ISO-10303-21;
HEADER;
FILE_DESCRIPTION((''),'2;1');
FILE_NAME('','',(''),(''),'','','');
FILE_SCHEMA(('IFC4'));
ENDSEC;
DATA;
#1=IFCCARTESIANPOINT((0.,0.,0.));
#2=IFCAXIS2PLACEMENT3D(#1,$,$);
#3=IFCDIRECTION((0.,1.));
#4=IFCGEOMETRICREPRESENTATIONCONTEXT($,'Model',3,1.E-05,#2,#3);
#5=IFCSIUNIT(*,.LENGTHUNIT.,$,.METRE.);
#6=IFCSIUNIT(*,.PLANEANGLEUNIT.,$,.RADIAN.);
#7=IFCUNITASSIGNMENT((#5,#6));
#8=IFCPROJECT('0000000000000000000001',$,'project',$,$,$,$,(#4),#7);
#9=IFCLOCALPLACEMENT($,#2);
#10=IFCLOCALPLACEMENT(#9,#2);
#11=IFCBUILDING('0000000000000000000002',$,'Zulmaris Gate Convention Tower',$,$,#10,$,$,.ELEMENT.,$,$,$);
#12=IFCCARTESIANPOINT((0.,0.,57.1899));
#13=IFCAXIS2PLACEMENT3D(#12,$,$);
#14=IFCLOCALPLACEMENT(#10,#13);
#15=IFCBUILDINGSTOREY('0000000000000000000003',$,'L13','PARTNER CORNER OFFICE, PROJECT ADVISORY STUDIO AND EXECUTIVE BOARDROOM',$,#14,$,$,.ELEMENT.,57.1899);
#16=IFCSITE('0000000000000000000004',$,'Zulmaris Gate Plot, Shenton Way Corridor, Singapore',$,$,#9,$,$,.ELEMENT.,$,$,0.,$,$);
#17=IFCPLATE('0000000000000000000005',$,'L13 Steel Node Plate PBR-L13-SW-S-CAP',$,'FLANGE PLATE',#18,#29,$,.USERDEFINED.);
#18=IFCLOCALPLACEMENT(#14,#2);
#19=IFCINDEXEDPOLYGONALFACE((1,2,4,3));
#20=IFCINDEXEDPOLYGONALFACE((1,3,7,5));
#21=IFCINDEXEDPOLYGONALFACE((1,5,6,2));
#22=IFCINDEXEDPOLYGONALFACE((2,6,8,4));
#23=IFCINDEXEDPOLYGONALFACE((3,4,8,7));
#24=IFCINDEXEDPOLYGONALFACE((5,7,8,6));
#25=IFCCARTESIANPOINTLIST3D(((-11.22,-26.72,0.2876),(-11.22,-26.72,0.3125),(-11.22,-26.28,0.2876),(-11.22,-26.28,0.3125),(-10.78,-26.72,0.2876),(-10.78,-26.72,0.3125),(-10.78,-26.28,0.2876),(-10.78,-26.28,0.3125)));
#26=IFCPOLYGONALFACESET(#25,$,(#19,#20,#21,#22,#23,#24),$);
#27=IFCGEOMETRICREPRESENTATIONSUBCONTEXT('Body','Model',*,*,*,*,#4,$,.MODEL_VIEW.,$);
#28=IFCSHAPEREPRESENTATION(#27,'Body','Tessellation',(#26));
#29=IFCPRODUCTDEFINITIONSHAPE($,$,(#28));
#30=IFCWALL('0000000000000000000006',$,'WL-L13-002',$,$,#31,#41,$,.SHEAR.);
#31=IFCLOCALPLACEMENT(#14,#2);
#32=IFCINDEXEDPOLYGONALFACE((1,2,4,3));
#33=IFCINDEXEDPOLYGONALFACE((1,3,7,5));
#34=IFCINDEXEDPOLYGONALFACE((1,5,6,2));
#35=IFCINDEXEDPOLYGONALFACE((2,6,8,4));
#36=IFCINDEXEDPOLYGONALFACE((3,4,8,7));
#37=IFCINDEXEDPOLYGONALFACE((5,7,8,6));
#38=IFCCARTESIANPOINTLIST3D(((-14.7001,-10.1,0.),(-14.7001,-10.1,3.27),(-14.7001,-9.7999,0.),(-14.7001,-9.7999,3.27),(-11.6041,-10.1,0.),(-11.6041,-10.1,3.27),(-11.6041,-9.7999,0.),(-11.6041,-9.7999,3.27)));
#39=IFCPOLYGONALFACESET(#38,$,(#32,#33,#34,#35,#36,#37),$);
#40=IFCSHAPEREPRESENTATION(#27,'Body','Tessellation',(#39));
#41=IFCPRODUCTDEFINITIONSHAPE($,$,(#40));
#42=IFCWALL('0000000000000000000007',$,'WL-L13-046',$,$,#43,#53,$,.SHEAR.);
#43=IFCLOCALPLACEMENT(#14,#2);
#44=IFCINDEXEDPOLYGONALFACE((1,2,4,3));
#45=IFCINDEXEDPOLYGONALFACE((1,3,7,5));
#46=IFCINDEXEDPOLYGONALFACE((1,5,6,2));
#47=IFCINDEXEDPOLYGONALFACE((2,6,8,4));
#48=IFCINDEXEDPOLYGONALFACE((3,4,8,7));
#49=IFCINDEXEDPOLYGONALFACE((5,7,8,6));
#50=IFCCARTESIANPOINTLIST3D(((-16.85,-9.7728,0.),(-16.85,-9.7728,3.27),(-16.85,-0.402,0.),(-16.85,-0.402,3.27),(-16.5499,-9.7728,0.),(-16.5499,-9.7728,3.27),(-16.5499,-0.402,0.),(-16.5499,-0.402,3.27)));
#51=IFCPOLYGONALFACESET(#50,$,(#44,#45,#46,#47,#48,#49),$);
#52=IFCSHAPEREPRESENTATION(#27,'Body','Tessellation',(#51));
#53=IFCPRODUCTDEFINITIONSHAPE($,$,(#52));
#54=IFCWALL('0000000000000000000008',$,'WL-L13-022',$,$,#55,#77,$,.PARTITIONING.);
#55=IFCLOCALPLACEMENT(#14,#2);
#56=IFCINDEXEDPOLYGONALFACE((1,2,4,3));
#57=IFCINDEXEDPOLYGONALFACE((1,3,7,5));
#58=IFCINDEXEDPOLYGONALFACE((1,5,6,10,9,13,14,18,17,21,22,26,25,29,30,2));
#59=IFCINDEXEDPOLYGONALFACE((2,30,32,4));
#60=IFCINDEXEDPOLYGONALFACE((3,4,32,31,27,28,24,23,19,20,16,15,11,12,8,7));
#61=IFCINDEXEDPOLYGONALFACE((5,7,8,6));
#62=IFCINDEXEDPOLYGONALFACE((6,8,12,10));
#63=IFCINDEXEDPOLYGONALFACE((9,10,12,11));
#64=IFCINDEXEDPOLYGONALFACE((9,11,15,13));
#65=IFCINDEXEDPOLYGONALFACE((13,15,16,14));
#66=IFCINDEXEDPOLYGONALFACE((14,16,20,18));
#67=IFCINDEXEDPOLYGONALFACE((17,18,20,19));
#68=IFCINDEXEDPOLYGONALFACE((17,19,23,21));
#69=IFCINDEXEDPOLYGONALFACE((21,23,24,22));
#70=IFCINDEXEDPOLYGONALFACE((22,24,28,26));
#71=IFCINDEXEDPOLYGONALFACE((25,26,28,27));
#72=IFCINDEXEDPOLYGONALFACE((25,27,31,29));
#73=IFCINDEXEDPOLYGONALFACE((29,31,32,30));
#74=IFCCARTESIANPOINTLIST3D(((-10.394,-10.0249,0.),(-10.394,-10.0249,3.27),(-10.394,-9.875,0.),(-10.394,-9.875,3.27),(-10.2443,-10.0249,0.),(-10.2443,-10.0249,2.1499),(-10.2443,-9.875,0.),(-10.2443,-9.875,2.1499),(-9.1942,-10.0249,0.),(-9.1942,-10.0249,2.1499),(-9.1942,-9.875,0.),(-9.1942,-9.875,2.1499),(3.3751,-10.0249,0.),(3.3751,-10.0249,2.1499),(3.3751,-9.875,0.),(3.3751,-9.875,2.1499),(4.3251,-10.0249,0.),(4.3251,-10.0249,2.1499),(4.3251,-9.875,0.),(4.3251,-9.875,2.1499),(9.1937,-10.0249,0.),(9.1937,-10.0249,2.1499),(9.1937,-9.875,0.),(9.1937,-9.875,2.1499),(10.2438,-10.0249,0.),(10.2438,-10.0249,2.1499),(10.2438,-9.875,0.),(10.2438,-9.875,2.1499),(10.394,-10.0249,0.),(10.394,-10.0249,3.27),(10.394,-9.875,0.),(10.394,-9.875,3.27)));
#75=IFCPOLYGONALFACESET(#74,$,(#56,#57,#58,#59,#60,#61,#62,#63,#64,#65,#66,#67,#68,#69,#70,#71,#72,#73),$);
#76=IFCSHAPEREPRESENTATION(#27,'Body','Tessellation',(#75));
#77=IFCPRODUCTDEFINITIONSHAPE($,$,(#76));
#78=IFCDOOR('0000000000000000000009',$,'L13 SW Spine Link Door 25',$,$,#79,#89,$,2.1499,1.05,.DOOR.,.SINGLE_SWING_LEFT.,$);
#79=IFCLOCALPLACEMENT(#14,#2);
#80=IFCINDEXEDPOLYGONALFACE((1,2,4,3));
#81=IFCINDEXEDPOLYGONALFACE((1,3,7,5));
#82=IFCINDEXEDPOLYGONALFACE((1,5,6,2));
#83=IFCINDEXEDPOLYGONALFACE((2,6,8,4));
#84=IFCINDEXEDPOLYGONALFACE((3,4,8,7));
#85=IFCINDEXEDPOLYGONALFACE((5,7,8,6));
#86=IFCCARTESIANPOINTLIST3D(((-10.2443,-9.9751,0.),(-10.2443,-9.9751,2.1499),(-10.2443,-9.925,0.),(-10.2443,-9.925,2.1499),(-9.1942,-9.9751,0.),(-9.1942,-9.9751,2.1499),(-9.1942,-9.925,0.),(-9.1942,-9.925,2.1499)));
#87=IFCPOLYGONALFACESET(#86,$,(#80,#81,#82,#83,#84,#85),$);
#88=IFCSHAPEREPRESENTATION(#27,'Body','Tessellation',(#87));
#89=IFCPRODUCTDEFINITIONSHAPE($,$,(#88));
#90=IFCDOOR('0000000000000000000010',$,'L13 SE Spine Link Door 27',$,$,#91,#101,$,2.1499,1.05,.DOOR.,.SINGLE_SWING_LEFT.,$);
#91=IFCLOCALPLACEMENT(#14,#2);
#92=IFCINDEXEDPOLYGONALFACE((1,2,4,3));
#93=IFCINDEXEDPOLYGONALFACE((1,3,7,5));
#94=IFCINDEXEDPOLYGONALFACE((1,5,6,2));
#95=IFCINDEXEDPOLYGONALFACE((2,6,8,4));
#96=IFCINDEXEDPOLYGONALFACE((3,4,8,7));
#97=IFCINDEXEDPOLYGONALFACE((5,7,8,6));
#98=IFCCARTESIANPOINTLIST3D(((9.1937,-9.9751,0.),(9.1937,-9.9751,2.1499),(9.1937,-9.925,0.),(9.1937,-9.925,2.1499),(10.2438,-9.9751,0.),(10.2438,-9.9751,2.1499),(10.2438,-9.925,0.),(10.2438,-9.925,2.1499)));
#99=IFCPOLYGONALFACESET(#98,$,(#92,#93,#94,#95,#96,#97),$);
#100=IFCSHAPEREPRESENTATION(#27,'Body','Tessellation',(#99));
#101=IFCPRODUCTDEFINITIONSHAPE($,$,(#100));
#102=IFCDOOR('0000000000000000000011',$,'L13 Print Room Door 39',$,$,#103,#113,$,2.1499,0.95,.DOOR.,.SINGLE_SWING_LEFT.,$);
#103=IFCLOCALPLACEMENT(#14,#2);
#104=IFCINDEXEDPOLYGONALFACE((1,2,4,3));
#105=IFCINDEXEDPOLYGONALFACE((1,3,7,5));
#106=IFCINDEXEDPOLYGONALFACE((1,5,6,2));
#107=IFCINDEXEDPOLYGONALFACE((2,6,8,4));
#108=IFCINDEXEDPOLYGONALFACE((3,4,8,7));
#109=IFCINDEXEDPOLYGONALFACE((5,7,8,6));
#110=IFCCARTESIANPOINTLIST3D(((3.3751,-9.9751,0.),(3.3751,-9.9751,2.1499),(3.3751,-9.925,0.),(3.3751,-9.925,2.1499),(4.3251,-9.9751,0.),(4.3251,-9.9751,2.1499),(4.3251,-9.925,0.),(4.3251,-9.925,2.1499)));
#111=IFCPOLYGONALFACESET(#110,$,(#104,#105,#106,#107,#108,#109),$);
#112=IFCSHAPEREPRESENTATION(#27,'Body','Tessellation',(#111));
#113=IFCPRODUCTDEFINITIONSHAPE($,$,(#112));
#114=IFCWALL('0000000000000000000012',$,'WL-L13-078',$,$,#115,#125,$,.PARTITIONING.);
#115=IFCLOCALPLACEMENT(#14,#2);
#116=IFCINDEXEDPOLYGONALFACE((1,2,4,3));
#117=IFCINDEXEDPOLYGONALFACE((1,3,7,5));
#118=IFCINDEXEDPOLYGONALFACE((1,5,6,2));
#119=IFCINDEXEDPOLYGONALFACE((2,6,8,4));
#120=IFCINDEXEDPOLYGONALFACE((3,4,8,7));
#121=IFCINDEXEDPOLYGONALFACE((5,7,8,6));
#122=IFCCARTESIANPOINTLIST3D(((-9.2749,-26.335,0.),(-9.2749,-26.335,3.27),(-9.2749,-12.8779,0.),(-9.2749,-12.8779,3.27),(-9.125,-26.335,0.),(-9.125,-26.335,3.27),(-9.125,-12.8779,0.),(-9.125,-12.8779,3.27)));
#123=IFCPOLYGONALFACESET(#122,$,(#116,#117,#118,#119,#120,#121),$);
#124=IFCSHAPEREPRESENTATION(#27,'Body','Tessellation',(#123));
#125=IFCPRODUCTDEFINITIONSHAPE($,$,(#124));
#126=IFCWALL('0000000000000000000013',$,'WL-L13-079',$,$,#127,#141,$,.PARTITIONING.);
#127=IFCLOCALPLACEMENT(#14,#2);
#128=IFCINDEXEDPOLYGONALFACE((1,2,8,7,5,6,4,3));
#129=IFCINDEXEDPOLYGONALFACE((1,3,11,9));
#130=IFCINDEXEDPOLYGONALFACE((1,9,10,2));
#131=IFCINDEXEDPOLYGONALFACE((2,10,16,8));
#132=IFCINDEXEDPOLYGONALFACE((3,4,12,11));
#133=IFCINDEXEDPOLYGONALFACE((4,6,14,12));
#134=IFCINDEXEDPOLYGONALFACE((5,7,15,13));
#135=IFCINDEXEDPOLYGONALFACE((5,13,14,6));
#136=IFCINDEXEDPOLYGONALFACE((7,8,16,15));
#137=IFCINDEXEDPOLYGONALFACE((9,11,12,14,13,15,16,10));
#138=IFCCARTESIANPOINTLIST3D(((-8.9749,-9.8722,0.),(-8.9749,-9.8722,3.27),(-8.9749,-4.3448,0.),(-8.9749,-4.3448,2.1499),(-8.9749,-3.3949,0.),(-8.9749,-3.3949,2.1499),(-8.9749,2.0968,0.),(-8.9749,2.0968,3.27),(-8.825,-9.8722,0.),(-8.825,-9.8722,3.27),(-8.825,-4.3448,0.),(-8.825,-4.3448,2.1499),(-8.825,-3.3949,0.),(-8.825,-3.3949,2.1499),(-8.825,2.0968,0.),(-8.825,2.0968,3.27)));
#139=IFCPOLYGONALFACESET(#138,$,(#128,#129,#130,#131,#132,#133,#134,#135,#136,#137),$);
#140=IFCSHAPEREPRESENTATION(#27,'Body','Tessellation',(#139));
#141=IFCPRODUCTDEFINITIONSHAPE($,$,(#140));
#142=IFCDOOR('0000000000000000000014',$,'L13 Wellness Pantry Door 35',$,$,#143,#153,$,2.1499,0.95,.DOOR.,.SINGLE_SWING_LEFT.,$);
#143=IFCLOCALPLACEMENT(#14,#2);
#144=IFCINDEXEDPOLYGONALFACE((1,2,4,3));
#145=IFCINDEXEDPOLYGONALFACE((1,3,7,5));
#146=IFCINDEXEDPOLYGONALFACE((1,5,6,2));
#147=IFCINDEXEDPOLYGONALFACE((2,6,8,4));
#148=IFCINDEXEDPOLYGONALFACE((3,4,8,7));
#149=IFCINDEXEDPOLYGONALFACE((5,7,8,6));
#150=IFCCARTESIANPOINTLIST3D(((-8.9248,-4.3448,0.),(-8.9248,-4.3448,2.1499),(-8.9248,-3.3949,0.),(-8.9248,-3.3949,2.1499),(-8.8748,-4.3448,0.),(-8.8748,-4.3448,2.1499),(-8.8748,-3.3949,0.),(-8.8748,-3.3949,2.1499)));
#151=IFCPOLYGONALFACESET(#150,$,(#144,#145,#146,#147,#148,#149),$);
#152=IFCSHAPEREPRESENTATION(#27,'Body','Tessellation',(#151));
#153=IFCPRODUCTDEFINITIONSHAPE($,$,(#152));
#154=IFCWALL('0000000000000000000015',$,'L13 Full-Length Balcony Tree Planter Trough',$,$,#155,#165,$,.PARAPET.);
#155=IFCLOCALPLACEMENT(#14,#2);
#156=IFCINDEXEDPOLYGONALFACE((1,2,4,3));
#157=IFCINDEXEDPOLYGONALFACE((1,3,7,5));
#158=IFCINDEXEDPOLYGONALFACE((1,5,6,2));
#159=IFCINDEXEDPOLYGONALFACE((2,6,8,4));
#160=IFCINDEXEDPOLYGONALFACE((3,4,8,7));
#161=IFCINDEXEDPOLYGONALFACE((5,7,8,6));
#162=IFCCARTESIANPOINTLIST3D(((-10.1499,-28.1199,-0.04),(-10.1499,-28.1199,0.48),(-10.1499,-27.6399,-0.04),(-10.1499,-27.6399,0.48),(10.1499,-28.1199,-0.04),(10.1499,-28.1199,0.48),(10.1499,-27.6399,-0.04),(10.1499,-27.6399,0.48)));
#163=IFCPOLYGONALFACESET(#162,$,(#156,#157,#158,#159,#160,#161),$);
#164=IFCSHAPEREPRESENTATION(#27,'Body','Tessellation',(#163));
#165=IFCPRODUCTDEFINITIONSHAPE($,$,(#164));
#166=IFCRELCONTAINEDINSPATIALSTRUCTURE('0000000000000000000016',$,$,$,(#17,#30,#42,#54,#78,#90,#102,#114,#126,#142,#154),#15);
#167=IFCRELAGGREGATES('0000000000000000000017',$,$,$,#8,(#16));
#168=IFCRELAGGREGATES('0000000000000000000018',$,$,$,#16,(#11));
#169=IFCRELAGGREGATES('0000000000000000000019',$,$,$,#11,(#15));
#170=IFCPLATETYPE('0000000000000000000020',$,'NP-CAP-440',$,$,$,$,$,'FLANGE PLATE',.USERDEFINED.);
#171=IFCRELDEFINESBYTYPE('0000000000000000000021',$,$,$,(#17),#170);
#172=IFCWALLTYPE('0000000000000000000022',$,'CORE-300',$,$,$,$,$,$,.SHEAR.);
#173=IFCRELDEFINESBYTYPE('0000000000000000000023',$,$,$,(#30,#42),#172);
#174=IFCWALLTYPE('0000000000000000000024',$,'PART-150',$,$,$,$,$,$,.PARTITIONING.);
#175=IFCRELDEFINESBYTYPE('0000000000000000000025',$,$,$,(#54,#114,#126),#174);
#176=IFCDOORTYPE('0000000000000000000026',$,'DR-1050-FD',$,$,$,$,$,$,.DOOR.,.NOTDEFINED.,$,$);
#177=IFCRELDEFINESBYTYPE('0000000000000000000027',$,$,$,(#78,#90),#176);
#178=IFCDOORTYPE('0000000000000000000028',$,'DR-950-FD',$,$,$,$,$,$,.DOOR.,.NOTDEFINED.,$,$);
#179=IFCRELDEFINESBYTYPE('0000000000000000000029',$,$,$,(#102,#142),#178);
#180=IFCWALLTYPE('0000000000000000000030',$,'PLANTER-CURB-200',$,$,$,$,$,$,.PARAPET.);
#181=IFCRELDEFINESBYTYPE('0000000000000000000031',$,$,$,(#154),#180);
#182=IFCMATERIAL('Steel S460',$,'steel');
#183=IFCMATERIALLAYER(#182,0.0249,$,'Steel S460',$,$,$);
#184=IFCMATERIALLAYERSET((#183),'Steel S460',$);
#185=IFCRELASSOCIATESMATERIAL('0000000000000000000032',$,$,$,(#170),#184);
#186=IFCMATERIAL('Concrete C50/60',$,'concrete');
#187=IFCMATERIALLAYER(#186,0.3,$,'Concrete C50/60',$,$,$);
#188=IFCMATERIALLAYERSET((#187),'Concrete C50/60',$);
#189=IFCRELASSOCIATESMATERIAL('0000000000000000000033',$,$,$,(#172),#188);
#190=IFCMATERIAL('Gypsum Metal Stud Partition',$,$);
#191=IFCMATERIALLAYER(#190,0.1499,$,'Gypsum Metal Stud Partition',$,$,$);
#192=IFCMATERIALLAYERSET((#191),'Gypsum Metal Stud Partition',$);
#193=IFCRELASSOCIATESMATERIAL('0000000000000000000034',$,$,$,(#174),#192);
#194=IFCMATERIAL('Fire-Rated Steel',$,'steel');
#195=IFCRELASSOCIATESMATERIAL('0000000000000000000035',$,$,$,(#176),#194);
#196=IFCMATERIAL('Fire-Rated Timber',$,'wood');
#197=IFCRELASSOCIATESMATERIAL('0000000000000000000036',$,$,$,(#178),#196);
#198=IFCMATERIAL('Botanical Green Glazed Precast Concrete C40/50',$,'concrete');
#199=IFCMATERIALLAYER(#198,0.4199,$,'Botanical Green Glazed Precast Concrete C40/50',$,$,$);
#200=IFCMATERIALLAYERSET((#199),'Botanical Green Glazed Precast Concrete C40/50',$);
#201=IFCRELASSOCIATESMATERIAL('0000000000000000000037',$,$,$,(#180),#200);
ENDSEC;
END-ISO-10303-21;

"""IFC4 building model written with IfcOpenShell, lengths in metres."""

from ifc_helpers import new_model, si_unit, direction, frame, frame_2d, origin, origin_2d, place, context, subcontext, project, spatial, rectangle, extrude, material, layer, layer_set, type_object, element, fill, save


model = new_model("IFC4")

# Units and contexts
model_context = context("Model", 3, precision=1e-05, world=origin(), true_north=direction((0.0, 1.0)))
body_context = subcontext(model_context, "Body", "Model", "MODEL_VIEW")
ifc_project = project(units=[si_unit("LENGTHUNIT", "METRE"), si_unit("PLANEANGLEUNIT", "RADIAN")], contexts=[model_context])

# Site, building, storey
site_placement = place(None, origin())
site = spatial("IfcSite", under=ifc_project, at=site_placement, Name="Zulmaris Gate Plot, Shenton Way Corridor, Singapore", CompositionType="ELEMENT", RefElevation=0.0)
building_placement = place(site_placement, origin())
building = spatial("IfcBuilding", under=site, at=building_placement, Name="Zulmaris Gate Convention Tower", CompositionType="ELEMENT")
storey_placement = place(building_placement, frame((0.0, 0.0, 57.1899)))
storey = spatial("IfcBuildingStorey", under=building, at=storey_placement, Name="L13", Description="PARTNER CORNER OFFICE, PROJECT ADVISORY STUDIO AND EXECUTIVE BOARDROOM", CompositionType="ELEMENT", Elevation=57.1899)

# Shared definitions
ifc_material_1 = material(Name="Steel S460", Category="steel")

# Plate
ifc_layer_1 = layer(ifc_material_1, 0.0249, Name="Steel S460")
ifc_layer_set_1 = layer_set([ifc_layer_1], Name="Steel S460")
plate_type = type_object("IfcPlateType", Name="NP-CAP-440", ElementType="FLANGE PLATE", PredefinedType="USERDEFINED", material=ifc_layer_set_1)
plate_placement = place(storey_placement, frame((-11.0, -26.5, 0.2876), z_axis=(0.0, 0.0, 1.0), x_axis=(1.0, 0.0, 0.0)))
element("IfcPlate", 1, at=plate_placement, inside=storey, type_object=plate_type, Name="L13 Steel Node Plate PBR-L13-SW-S-CAP", ObjectType="FLANGE PLATE", PredefinedType="USERDEFINED", context=body_context, shape_type="SweptSolid", body=[
    extrude(rectangle(XDim=0.4399, YDim=0.4399, at=origin_2d()), origin(), (0.0, 0.0, 1.0), 0.0249),
])

# Walls
ifc_material_2 = material(Name="Concrete C50/60", Category="concrete")
ifc_layer_2 = layer(ifc_material_2, 0.3, Name="Concrete C50/60")
ifc_layer_set_2 = layer_set([ifc_layer_2], Name="Concrete C50/60")
wall_type_1 = type_object("IfcWallType", Name="CORE-300", PredefinedType="SHEAR", material=ifc_layer_set_2)
wall_1_placement = place(storey_placement, frame((-14.7, -9.95, 0.0), z_axis=(0.0, 0.0, 1.0), x_axis=(1.0, 0.0, 0.0)))
element("IfcWall", 2, at=wall_1_placement, inside=storey, type_object=wall_type_1, Name="WL-L13-002", PredefinedType="SHEAR", context=body_context, shape_type="SweptSolid", body=[
    extrude(rectangle(XDim=3.0959, YDim=0.3, at=frame_2d((1.5479, 0.0))), origin(), (0.0, 0.0, 1.0), 3.27),
])
wall_2_placement = place(storey_placement, frame((-16.7, -9.7729, 0.0), z_axis=(0.0, 0.0, 1.0), x_axis=(0.0, 1.0, 0.0)))
element("IfcWall", 3, at=wall_2_placement, inside=storey, type_object=wall_type_1, Name="WL-L13-046", PredefinedType="SHEAR", context=body_context, shape_type="SweptSolid", body=[
    extrude(rectangle(XDim=9.3708, YDim=0.3, at=frame_2d((4.6855, 0.0))), origin(), (0.0, 0.0, 1.0), 3.27),
])

# Wall, openings, doors
ifc_material_3 = material(Name="Gypsum Metal Stud Partition")
ifc_layer_3 = layer(ifc_material_3, 0.1499, Name="Gypsum Metal Stud Partition")
ifc_layer_set_3 = layer_set([ifc_layer_3], Name="Gypsum Metal Stud Partition")
wall_type_2 = type_object("IfcWallType", Name="PART-150", PredefinedType="PARTITIONING", material=ifc_layer_set_3)
wall_3_placement = place(storey_placement, frame((-10.394, -9.95, 0.0), z_axis=(0.0, 0.0, 1.0), x_axis=(1.0, 0.0, 0.0)))
wall_3 = element("IfcWall", 4, at=wall_3_placement, inside=storey, type_object=wall_type_2, Name="WL-L13-022", PredefinedType="PARTITIONING", context=body_context, shape_type="SweptSolid", body=[
    extrude(rectangle(XDim=20.7881, YDim=0.1499, at=frame_2d((10.394, 0.0))), origin(), (0.0, 0.0, 1.0), 3.27),
])
opening_1_placement = place(wall_3_placement, frame((0.1499, 0.0, 0.0)))
opening_1 = element("IfcOpeningElement", 5, at=opening_1_placement, cuts=wall_3, PredefinedType="OPENING", context=body_context, shape_type="SweptSolid", body=[
    extrude(rectangle(XDim=1.05, YDim=2.1499, at=frame_2d((0.5249, 1.075))), frame((0.0, 0.085, 0.0), z_axis=(0.0, -1.0, 0.0), x_axis=(1.0, 0.0, 0.0)), (0.0, 0.0, 1.0), 0.1699),
])
opening_2_placement = place(wall_3_placement, frame((19.5879, 0.0, 0.0)))
opening_2 = element("IfcOpeningElement", 6, at=opening_2_placement, cuts=wall_3, PredefinedType="OPENING", context=body_context, shape_type="SweptSolid", body=[
    extrude(rectangle(XDim=1.05, YDim=2.1499, at=frame_2d((0.5249, 1.075))), frame((0.0, 0.085, 0.0), z_axis=(0.0, -1.0, 0.0), x_axis=(1.0, 0.0, 0.0)), (0.0, 0.0, 1.0), 0.1699),
])
opening_3_placement = place(wall_3_placement, frame((13.769, 0.0, 0.0)))
opening_3 = element("IfcOpeningElement", 7, at=opening_3_placement, cuts=wall_3, PredefinedType="OPENING", context=body_context, shape_type="SweptSolid", body=[
    extrude(rectangle(XDim=0.95, YDim=2.1499, at=frame_2d((0.4751, 1.075))), frame((0.0, 0.085, 0.0), z_axis=(0.0, -1.0, 0.0), x_axis=(1.0, 0.0, 0.0)), (0.0, 0.0, 1.0), 0.1699),
])
ifc_material_4 = material(Name="Fire-Rated Steel", Category="steel")
door_type_1 = type_object("IfcDoorType", Name="DR-1050-FD", OperationType="NOTDEFINED", PredefinedType="DOOR", material=ifc_material_4)
door_1_placement = place(opening_1_placement, origin())
door_1 = element("IfcDoor", 8, at=door_1_placement, inside=storey, type_object=door_type_1, Name="L13 SW Spine Link Door 25", OperationType="SINGLE_SWING_LEFT", OverallHeight=2.1499, OverallWidth=1.05, PredefinedType="DOOR", context=body_context, shape_type="SweptSolid", body=[
    extrude(rectangle(XDim=1.05, YDim=2.1499, at=frame_2d((0.5249, 1.075))), frame((0.0, 0.0249, 0.0), z_axis=(0.0, -1.0, 0.0), x_axis=(1.0, 0.0, 0.0)), (0.0, 0.0, 1.0), 0.05),
])
fill(opening_1, door_1)
door_2_placement = place(opening_2_placement, origin())
door_2 = element("IfcDoor", 9, at=door_2_placement, inside=storey, type_object=door_type_1, Name="L13 SE Spine Link Door 27", OperationType="SINGLE_SWING_LEFT", OverallHeight=2.1499, OverallWidth=1.05, PredefinedType="DOOR", context=body_context, shape_type="SweptSolid", body=[
    extrude(rectangle(XDim=1.05, YDim=2.1499, at=frame_2d((0.5249, 1.075))), frame((0.0, 0.0249, 0.0), z_axis=(0.0, -1.0, 0.0), x_axis=(1.0, 0.0, 0.0)), (0.0, 0.0, 1.0), 0.05),
])
fill(opening_2, door_2)
ifc_material_5 = material(Name="Fire-Rated Timber", Category="wood")
door_type_2 = type_object("IfcDoorType", Name="DR-950-FD", OperationType="NOTDEFINED", PredefinedType="DOOR", material=ifc_material_5)
door_3_placement = place(opening_3_placement, origin())
door_3 = element("IfcDoor", 10, at=door_3_placement, inside=storey, type_object=door_type_2, Name="L13 Print Room Door 39", OperationType="SINGLE_SWING_LEFT", OverallHeight=2.1499, OverallWidth=0.95, PredefinedType="DOOR", context=body_context, shape_type="SweptSolid", body=[
    extrude(rectangle(XDim=0.95, YDim=2.1499, at=frame_2d((0.4751, 1.075))), frame((0.0, 0.0249, 0.0), z_axis=(0.0, -1.0, 0.0), x_axis=(1.0, 0.0, 0.0)), (0.0, 0.0, 1.0), 0.05),
])
fill(opening_3, door_3)

# Wall
wall_4_placement = place(storey_placement, frame((-9.2, -26.335, 0.0), z_axis=(0.0, 0.0, 1.0), x_axis=(0.0, 1.0, 0.0)))
element("IfcWall", 11, at=wall_4_placement, inside=storey, type_object=wall_type_2, Name="WL-L13-078", PredefinedType="PARTITIONING", context=body_context, shape_type="SweptSolid", body=[
    extrude(rectangle(XDim=13.457, YDim=0.1499, at=frame_2d((6.7285, 0.0))), origin(), (0.0, 0.0, 1.0), 3.27),
])

# Wall, opening, door
wall_5_placement = place(storey_placement, frame((-8.8999, -9.8721, 0.0), z_axis=(0.0, 0.0, 1.0), x_axis=(0.0, 1.0, 0.0)))
wall_5 = element("IfcWall", 12, at=wall_5_placement, inside=storey, type_object=wall_type_2, Name="WL-L13-079", PredefinedType="PARTITIONING", context=body_context, shape_type="SweptSolid", body=[
    extrude(rectangle(XDim=11.969, YDim=0.1499, at=frame_2d((5.9844, 0.0))), origin(), (0.0, 0.0, 1.0), 3.27),
])
opening_4_placement = place(wall_5_placement, frame((5.5271, 0.0, 0.0)))
opening_4 = element("IfcOpeningElement", 13, at=opening_4_placement, cuts=wall_5, PredefinedType="OPENING", context=body_context, shape_type="SweptSolid", body=[
    extrude(rectangle(XDim=0.95, YDim=2.1499, at=frame_2d((0.4751, 1.075))), frame((0.0, 0.085, 0.0), z_axis=(0.0, -1.0, 0.0), x_axis=(1.0, 0.0, 0.0)), (0.0, 0.0, 1.0), 0.1699),
])
door_4_placement = place(opening_4_placement, origin())
door_4 = element("IfcDoor", 14, at=door_4_placement, inside=storey, type_object=door_type_2, Name="L13 Wellness Pantry Door 35", OperationType="SINGLE_SWING_LEFT", OverallHeight=2.1499, OverallWidth=0.95, PredefinedType="DOOR", context=body_context, shape_type="SweptSolid", body=[
    extrude(rectangle(XDim=0.95, YDim=2.1499, at=frame_2d((0.4751, 1.075))), frame((0.0, 0.0249, 0.0), z_axis=(0.0, -1.0, 0.0), x_axis=(1.0, 0.0, 0.0)), (0.0, 0.0, 1.0), 0.05),
])
fill(opening_4, door_4)

# Wall
ifc_material_6 = material(Name="Botanical Green Glazed Precast Concrete C40/50", Category="concrete")
ifc_layer_4 = layer(ifc_material_6, 0.4199, Name="Botanical Green Glazed Precast Concrete C40/50")
ifc_layer_set_4 = layer_set([ifc_layer_4], Name="Botanical Green Glazed Precast Concrete C40/50")
wall_type_3 = type_object("IfcWallType", Name="PLANTER-CURB-200", PredefinedType="PARAPET", material=ifc_layer_set_4)
wall_6_placement = place(storey_placement, frame((-10.1499, -27.8799, -0.04), z_axis=(0.0, 0.0, 1.0), x_axis=(1.0, 0.0, 0.0)))
element("IfcWall", 15, at=wall_6_placement, inside=storey, type_object=wall_type_3, Name="L13 Full-Length Balcony Tree Planter Trough", PredefinedType="PARAPET", context=body_context, shape_type="SweptSolid", body=[
    extrude(rectangle(XDim=20.2998, YDim=0.48, at=frame_2d((10.1499, 0.0))), origin(), (0.0, 0.0, 1.0), 0.52),
])

save(model, "model.ifc")
